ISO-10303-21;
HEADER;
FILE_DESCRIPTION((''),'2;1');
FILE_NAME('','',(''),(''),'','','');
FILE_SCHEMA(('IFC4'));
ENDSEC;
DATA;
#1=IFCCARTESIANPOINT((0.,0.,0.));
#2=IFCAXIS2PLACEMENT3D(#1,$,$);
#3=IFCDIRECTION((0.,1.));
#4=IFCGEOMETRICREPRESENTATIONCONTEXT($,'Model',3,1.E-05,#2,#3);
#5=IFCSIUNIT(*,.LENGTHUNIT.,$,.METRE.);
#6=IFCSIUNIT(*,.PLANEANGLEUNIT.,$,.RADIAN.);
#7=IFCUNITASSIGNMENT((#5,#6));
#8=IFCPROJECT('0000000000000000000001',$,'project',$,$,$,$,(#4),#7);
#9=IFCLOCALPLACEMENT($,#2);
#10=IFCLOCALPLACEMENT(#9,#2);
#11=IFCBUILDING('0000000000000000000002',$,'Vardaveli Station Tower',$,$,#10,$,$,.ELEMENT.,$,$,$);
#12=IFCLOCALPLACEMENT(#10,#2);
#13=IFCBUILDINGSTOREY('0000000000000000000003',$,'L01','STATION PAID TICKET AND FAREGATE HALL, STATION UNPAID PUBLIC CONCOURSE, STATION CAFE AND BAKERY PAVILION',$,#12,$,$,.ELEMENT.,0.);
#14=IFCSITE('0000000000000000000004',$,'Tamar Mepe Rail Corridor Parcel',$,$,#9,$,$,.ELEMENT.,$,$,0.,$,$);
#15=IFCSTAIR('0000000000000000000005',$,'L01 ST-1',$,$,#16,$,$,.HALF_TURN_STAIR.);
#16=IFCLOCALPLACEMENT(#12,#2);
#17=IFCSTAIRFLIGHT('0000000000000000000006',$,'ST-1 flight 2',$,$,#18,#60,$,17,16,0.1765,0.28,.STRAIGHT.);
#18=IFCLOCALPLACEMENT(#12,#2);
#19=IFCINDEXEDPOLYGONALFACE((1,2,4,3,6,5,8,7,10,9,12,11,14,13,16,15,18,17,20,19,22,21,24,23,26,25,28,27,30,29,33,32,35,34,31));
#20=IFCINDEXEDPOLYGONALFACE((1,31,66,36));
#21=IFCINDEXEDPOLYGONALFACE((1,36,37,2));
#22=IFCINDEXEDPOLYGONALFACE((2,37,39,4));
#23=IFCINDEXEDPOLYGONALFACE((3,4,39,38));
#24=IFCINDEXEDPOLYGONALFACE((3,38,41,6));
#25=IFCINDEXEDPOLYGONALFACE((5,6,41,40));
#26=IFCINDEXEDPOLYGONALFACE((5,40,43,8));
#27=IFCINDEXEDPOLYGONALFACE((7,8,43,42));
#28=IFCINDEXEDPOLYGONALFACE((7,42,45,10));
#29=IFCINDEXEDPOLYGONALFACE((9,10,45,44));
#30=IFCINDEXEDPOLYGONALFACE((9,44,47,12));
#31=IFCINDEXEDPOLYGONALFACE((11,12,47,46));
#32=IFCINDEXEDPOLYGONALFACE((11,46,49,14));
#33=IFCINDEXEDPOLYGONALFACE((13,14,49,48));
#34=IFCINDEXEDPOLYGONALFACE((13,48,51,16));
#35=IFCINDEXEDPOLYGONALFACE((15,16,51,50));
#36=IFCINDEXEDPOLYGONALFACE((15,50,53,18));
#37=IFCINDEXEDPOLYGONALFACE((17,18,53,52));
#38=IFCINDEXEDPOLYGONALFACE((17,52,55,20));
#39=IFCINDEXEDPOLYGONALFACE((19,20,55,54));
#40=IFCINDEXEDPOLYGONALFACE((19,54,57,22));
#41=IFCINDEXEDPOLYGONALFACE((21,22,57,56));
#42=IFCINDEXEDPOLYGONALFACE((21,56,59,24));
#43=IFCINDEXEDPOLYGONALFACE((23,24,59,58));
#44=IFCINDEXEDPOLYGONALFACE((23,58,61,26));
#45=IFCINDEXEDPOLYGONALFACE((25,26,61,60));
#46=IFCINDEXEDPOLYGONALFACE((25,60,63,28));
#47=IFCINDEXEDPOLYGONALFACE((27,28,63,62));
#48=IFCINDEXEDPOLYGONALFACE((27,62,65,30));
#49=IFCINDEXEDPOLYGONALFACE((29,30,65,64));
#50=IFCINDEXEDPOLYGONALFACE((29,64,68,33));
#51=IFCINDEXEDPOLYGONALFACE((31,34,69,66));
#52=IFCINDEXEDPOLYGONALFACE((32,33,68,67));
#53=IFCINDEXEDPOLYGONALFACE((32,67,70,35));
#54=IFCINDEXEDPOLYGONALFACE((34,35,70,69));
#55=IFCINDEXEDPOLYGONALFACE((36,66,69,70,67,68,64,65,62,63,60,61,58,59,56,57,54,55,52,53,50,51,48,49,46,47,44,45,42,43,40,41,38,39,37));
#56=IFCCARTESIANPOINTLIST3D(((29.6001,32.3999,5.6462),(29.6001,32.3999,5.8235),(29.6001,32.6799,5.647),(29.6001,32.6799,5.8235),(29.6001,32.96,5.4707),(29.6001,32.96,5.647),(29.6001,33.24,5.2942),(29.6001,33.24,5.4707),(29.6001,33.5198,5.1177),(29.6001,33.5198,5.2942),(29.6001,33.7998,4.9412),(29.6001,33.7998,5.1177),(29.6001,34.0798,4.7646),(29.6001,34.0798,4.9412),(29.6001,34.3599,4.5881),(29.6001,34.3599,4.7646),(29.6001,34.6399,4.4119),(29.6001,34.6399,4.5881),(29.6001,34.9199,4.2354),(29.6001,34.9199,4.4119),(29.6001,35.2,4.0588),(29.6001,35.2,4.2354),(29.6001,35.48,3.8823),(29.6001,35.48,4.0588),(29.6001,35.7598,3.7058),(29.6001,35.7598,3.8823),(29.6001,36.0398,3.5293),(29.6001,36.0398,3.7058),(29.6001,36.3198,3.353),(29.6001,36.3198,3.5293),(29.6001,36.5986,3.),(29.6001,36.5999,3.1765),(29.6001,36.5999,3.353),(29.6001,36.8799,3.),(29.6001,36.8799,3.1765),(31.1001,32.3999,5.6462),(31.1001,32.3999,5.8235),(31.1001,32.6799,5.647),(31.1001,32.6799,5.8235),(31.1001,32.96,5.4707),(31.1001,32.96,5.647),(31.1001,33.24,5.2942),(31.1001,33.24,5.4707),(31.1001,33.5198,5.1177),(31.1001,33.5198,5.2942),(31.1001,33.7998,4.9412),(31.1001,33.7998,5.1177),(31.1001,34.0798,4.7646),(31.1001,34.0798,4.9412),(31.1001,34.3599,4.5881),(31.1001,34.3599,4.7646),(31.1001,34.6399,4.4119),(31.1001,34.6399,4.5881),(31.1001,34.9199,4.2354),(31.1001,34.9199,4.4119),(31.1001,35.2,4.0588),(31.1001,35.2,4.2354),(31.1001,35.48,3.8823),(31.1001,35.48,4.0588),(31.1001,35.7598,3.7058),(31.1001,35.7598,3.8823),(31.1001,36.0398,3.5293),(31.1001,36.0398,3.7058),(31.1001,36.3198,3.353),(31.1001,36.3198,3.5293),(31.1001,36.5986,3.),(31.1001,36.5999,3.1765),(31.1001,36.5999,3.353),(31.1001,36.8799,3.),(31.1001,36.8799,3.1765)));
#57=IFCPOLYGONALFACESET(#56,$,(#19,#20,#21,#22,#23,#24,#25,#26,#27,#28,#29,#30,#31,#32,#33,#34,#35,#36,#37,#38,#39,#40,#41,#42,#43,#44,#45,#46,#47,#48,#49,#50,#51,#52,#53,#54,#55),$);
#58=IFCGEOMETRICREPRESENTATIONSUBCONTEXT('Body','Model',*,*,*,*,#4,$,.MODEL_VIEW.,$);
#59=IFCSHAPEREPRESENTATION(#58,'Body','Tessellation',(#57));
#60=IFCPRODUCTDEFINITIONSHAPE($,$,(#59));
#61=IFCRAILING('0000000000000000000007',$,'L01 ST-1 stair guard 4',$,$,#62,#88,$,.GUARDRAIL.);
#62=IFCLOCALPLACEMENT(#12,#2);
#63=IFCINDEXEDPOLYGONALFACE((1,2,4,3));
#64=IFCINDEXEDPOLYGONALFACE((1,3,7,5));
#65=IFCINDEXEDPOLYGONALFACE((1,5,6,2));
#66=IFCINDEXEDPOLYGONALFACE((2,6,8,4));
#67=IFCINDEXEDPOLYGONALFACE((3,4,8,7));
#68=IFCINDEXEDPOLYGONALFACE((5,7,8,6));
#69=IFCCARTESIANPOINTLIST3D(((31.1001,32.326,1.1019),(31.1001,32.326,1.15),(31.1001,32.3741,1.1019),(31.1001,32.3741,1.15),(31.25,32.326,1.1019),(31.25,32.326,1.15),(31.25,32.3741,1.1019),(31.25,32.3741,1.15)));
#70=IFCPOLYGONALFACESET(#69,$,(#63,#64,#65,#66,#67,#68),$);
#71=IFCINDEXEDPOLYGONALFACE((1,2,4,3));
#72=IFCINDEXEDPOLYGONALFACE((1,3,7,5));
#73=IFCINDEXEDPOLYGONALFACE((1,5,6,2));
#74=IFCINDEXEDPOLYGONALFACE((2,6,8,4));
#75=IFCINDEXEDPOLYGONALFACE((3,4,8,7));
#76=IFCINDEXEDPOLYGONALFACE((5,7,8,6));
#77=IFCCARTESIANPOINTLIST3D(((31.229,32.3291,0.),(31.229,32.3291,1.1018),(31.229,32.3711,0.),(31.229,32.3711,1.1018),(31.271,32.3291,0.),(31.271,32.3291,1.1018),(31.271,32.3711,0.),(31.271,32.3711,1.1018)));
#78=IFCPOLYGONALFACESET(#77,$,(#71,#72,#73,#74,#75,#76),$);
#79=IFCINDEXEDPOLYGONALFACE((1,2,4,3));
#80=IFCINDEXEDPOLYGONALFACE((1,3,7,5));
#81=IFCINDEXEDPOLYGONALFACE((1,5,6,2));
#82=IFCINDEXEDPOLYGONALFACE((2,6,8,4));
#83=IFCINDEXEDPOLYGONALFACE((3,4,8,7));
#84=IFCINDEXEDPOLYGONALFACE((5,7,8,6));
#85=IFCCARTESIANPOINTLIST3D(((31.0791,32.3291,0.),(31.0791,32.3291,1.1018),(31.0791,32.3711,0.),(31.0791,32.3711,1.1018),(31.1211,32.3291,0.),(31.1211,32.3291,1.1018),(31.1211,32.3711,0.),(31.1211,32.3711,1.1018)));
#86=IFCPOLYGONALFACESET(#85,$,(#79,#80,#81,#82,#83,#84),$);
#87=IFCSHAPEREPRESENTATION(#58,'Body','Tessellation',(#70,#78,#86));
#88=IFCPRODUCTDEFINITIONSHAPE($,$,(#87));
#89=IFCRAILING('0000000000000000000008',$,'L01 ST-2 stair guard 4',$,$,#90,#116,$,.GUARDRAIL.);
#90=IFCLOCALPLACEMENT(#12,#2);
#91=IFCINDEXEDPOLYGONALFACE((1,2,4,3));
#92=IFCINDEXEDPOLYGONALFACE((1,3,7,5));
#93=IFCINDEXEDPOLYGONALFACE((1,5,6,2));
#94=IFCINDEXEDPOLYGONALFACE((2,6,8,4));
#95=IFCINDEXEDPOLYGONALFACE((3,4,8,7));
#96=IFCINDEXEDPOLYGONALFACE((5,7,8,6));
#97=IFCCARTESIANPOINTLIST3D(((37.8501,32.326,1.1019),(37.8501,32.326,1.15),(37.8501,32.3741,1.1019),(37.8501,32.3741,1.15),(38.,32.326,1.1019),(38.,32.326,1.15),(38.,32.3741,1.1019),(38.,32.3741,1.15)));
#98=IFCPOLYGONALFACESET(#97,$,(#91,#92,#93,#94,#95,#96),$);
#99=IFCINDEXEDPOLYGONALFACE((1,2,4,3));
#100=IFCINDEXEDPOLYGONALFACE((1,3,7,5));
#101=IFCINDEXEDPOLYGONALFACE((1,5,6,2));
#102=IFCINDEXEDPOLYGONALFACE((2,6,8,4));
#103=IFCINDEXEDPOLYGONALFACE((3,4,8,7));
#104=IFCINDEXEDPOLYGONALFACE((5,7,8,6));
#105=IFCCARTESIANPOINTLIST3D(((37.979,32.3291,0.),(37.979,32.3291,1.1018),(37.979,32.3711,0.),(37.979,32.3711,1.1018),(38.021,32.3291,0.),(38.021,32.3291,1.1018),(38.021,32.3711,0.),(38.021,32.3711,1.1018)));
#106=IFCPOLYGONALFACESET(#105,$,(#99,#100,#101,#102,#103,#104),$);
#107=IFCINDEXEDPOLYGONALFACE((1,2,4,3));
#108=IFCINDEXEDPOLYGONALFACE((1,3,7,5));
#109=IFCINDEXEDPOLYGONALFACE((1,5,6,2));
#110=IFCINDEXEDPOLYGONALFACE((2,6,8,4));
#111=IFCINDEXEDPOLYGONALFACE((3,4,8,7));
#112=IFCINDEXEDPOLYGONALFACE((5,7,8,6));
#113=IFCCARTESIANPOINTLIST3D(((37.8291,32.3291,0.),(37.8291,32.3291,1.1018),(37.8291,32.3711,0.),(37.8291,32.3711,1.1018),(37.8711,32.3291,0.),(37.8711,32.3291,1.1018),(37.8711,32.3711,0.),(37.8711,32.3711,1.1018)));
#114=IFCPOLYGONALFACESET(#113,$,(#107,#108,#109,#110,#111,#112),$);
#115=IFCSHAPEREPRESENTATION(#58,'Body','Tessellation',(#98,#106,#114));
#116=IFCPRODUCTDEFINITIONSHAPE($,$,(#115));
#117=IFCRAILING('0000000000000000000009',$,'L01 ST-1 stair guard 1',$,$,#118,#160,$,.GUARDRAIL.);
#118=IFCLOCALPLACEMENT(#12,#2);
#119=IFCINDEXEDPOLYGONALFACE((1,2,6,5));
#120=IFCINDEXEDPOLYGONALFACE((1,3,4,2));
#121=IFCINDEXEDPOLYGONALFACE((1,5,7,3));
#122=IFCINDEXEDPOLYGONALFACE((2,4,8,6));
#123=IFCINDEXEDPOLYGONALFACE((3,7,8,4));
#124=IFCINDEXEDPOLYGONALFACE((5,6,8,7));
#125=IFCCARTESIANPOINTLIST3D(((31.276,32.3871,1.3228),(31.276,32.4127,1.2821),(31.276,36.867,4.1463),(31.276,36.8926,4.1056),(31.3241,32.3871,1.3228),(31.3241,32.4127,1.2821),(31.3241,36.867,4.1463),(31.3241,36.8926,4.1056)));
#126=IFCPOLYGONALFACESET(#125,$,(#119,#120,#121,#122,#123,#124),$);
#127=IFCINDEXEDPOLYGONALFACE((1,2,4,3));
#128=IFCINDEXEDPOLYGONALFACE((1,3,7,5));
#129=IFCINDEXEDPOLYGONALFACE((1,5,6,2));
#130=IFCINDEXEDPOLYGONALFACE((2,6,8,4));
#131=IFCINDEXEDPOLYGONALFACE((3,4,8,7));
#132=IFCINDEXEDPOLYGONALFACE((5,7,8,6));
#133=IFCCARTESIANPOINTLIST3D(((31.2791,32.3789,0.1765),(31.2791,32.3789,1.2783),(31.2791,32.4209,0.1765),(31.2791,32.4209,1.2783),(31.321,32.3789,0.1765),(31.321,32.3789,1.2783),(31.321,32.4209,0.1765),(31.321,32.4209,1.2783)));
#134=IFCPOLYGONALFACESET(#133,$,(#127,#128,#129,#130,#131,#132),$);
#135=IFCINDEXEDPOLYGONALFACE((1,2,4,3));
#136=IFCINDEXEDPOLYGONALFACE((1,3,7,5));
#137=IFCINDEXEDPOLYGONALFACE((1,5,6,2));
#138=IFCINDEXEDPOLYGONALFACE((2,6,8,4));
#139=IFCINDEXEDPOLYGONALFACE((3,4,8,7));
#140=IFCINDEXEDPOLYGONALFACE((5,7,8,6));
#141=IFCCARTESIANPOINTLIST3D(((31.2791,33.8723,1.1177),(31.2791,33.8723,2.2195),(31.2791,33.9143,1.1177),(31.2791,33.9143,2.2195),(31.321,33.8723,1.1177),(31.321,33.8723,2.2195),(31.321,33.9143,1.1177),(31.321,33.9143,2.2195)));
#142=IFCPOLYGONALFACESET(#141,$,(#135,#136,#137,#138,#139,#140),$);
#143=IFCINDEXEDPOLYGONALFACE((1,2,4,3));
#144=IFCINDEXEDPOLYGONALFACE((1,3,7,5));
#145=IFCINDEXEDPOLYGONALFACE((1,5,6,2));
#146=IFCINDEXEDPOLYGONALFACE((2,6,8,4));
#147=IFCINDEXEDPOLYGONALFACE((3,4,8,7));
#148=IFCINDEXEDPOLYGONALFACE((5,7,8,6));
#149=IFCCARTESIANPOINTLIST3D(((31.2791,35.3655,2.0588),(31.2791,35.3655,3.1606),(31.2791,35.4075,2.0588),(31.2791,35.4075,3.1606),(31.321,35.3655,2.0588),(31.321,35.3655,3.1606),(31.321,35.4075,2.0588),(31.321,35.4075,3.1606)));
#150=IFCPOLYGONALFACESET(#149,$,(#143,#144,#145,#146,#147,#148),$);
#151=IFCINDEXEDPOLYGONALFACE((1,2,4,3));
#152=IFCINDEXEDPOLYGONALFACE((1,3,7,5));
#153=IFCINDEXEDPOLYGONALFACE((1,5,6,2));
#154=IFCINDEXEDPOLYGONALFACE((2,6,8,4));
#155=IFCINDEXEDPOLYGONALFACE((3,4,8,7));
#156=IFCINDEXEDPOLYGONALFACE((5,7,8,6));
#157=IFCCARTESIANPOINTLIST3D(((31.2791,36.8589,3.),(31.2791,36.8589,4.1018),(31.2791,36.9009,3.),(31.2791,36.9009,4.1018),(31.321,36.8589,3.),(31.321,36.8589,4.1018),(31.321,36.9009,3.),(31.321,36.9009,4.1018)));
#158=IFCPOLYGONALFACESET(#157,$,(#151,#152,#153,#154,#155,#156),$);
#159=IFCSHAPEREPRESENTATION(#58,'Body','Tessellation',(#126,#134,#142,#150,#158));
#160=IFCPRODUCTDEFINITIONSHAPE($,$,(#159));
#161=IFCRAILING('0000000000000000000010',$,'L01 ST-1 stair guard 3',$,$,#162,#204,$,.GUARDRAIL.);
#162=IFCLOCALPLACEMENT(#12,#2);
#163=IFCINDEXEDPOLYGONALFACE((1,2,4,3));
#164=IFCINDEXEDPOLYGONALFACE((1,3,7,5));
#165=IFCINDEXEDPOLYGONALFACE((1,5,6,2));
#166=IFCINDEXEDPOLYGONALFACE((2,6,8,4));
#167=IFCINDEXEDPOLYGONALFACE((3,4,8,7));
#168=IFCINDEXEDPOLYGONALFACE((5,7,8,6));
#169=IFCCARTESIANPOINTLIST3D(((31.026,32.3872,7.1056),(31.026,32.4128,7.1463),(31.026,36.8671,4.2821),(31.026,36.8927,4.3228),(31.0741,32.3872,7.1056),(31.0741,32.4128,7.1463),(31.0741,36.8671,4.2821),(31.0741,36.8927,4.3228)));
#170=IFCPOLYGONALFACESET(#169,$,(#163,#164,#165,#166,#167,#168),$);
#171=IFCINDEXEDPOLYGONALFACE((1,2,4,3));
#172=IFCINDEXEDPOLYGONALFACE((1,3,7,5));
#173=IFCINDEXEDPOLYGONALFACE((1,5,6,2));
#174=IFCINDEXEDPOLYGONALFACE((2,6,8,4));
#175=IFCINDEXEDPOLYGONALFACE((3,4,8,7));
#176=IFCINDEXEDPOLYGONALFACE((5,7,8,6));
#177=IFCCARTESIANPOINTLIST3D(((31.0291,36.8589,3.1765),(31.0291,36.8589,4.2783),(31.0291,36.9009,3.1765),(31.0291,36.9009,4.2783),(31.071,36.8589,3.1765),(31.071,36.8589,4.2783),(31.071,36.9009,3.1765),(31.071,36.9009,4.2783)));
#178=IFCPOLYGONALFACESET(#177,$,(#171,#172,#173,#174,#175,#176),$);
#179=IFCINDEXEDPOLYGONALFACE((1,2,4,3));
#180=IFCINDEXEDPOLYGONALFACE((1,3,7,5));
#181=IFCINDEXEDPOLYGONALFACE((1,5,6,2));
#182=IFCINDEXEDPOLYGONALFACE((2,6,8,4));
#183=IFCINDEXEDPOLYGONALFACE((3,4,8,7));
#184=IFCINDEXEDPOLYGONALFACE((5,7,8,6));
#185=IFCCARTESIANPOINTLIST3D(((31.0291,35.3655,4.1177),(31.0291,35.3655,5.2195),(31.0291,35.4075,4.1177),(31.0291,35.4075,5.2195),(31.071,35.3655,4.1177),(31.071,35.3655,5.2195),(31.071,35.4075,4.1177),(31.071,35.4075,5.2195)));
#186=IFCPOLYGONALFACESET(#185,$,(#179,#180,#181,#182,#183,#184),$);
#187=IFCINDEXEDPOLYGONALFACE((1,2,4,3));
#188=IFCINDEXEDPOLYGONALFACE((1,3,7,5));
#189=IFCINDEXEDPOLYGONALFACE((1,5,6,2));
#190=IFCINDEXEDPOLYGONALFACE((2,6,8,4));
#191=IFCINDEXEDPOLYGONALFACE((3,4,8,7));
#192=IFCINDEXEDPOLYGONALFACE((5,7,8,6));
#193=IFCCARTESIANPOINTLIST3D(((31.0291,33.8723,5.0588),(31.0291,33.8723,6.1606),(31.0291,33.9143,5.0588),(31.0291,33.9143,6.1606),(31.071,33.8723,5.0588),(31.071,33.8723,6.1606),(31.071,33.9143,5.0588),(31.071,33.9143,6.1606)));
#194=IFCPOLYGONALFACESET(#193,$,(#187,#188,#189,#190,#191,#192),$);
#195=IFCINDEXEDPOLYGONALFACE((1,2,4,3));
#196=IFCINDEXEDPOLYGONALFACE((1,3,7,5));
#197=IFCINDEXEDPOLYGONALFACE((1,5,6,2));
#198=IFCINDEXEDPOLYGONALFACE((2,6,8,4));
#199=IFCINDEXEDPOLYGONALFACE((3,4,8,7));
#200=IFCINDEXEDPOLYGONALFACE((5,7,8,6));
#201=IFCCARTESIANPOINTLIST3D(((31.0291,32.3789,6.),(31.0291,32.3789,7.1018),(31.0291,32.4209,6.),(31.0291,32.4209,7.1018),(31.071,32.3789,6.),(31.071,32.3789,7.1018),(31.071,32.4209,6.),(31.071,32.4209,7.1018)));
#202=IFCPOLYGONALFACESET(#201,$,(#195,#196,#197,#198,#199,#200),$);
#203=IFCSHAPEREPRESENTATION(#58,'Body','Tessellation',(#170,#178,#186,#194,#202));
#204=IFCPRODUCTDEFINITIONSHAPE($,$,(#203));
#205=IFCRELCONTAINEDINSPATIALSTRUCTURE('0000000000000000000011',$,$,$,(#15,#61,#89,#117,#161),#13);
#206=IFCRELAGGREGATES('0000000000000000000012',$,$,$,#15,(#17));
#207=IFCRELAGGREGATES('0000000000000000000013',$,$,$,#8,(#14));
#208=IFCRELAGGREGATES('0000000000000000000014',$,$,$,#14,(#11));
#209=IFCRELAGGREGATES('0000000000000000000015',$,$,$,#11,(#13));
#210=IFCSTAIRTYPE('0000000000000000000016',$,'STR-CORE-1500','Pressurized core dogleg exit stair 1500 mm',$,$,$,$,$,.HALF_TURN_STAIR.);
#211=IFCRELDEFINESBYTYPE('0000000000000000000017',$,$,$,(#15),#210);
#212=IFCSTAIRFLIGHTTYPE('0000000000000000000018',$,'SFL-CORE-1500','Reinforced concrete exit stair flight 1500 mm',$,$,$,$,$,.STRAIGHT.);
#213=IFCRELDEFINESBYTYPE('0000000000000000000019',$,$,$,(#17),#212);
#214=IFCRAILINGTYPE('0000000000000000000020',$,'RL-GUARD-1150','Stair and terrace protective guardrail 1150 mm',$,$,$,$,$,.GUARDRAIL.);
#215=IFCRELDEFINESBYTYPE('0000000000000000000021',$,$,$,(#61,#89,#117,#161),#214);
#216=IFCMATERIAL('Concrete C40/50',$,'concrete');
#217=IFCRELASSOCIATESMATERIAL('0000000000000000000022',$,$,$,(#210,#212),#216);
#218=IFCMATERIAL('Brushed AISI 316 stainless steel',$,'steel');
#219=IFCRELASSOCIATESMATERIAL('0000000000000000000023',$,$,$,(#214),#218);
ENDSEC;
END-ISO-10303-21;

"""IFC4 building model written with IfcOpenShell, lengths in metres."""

from ifc_helpers import new_model, si_unit, direction, frame, origin, origin_2d, place, context, subcontext, project, spatial, polyline, rectangle, outline, extrude, source, transform, mapped, material, type_object, element, aggregate, save


model = new_model("IFC4")

# Units and contexts
model_context = context("Model", 3, precision=1e-05, world=origin(), true_north=direction((0.0, 1.0)))
body_context = subcontext(model_context, "Body", "Model", "MODEL_VIEW")
ifc_project = project(units=[si_unit("LENGTHUNIT", "METRE"), si_unit("PLANEANGLEUNIT", "RADIAN")], contexts=[model_context])

# Site, building, storey
site_placement = place(None, origin())
site = spatial("IfcSite", under=ifc_project, at=site_placement, Name="Tamar Mepe Rail Corridor Parcel", CompositionType="ELEMENT", RefElevation=0.0)
building_placement = place(site_placement, origin())
building = spatial("IfcBuilding", under=site, at=building_placement, Name="Vardaveli Station Tower", CompositionType="ELEMENT")
storey_placement = place(building_placement, origin())
storey = spatial("IfcBuildingStorey", under=building, at=storey_placement, Name="L01", Description="STATION PAID TICKET AND FAREGATE HALL, STATION UNPAID PUBLIC CONCOURSE, STATION CAFE AND BAKERY PAVILION", CompositionType="ELEMENT", Elevation=0.0)

# Shared definitions
ifc_material_1 = material(Name="Concrete C40/50", Category="concrete")

# Stair, stair flight
stair_type = type_object("IfcStairType", Name="STR-CORE-1500", Description="Pressurized core dogleg exit stair 1500 mm", PredefinedType="HALF_TURN_STAIR", material=ifc_material_1)
stair_placement = place(storey_placement, origin())
stair = element("IfcStair", 1, at=stair_placement, inside=storey, type_object=stair_type, Name="L01 ST-1", PredefinedType="HALF_TURN_STAIR")
stair_flight_type = type_object("IfcStairFlightType", Name="SFL-CORE-1500", Description="Reinforced concrete exit stair flight 1500 mm", PredefinedType="STRAIGHT", material=ifc_material_1)
shared_shape_1 = source(origin(), body_context, "Body", "SweptSolid", [
    extrude(outline(polyline([(0.0, 0.0), (0.0, 0.1765), (0.28, 0.1765), (0.28, 0.353), (0.5601, 0.353), (0.5601, 0.5293), (0.8401, 0.5293), (0.8401, 0.7058), (1.1201, 0.7058), (1.1201, 0.8823), (1.3999, 0.8823), (1.3999, 1.0588), (1.6799, 1.0588), (1.6799, 1.2354), (1.96, 1.2354), (1.96, 1.4119), (2.24, 1.4119), (2.24, 1.5881), (2.52, 1.5881), (2.52, 1.7646), (2.8, 1.7646), (2.8, 1.9412), (3.0801, 1.9412), (3.0801, 2.1177), (3.3601, 2.1177), (3.3601, 2.2942), (3.6399, 2.2942), (3.6399, 2.4707), (3.9199, 2.4707), (3.9199, 2.647), (4.2, 2.647), (4.2, 2.8235), (4.48, 2.8235), (4.48, 3.0), (4.48, 2.6462), (0.2812, 0.0), (0.0, 0.0)])), frame((0.0, 0.75, 0.0), z_axis=(0.0, -1.0, 0.0), x_axis=(1.0, 0.0, 0.0)), (0.0, 0.0, 1.0), 1.5),
])
stair_flight_1_placement = place(storey_placement, frame((30.3501, 36.8799, 3.0), z_axis=(0.0, 0.0, 1.0), x_axis=(0.0, -1.0, 0.0)))
stair_flight_1 = element("IfcStairFlight", 2, at=stair_flight_1_placement, type_object=stair_flight_type, Name="ST-1 flight 2", NumberOfRisers=17, NumberOfTreads=16, PredefinedType="STRAIGHT", RiserHeight=0.1765, TreadLength=0.28, context=body_context, shape_type="MappedRepresentation", body=[
    mapped(shared_shape_1, transform((0.0, 0.0, 0.0), scale=1.0)),
])
aggregate(stair, [stair_flight_1])

# Railings
ifc_material_2 = material(Name="Brushed AISI 316 stainless steel", Category="steel")
railing_type_1 = type_object("IfcRailingType", Name="RL-GUARD-1150", Description="Stair and terrace protective guardrail 1150 mm", PredefinedType="GUARDRAIL", material=ifc_material_2)
shared_shape_2 = source(origin(), body_context, "Body", "SweptSolid", [
    extrude(rectangle(XDim=0.0481, YDim=0.0481, at=origin_2d()), frame((0.0, 0.0, 1.126), z_axis=(-1.0, 0.0, 0.0), x_axis=(0.0, -1.0, 0.0)), (0.0, 0.0, 1.0), 0.1499),
    extrude(rectangle(XDim=0.042, YDim=0.042, at=origin_2d()), origin(), (0.0, 0.0, 1.0), 1.1018),
    extrude(rectangle(XDim=0.042, YDim=0.042, at=origin_2d()), frame((-0.1499, 0.0, 0.0)), (0.0, 0.0, 1.0), 1.1018),
])
for number, where, name in (
    (3, (31.25, 32.3501, 0.0), "L01 ST-1 stair guard 4"),
    (4, (38.0, 32.3501, 0.0), "L01 ST-2 stair guard 4"),
):
    element("IfcRailing", number, at=place(storey_placement, frame(where)), inside=storey, type_object=railing_type_1, Name=name, PredefinedType="GUARDRAIL", context=body_context, shape_type="MappedRepresentation", body=[
        mapped(shared_shape_2, transform((0.0, 0.0, 0.0), scale=1.0)),
    ])
shared_shape_3 = source(origin(), body_context, "Body", "SweptSolid", [
    extrude(rectangle(XDim=0.0481, YDim=0.0481, at=origin_2d()), frame((0.0, 0.0, 1.126), z_axis=(0.0, 0.845998, 0.533186), x_axis=(-1.0, 0.0, 0.0)), (0.0, 0.0, 1.0), 5.2954),
    extrude(rectangle(XDim=0.042, YDim=0.042, at=origin_2d()), origin(), (0.0, 0.0, 1.0), 1.1018),
    extrude(rectangle(XDim=0.042, YDim=0.042, at=origin_2d()), frame((0.0, 1.4934, 0.9412)), (0.0, 0.0, 1.0), 1.1018),
    extrude(rectangle(XDim=0.042, YDim=0.042, at=origin_2d()), frame((0.0, 2.9866, 1.8823)), (0.0, 0.0, 1.0), 1.1018),
    extrude(rectangle(XDim=0.042, YDim=0.042, at=origin_2d()), frame((0.0, 4.48, 2.8235)), (0.0, 0.0, 1.0), 1.1018),
])
railing_1_placement = place(storey_placement, frame((31.3, 32.3999, 0.1765)))
element("IfcRailing", 5, at=railing_1_placement, inside=storey, type_object=railing_type_1, Name="L01 ST-1 stair guard 1", PredefinedType="GUARDRAIL", context=body_context, shape_type="MappedRepresentation", body=[
    mapped(shared_shape_3, transform((0.0, 0.0, 0.0), scale=1.0)),
])
shared_shape_4 = source(origin(), body_context, "Body", "SweptSolid", [
    extrude(rectangle(XDim=0.0481, YDim=0.0481, at=origin_2d()), frame((0.0, 0.0, 1.126), z_axis=(0.0, -0.845998, 0.533186), x_axis=(1.0, 0.0, 0.0)), (0.0, 0.0, 1.0), 5.2954),
    extrude(rectangle(XDim=0.042, YDim=0.042, at=origin_2d()), origin(), (0.0, 0.0, 1.0), 1.1018),
    extrude(rectangle(XDim=0.042, YDim=0.042, at=origin_2d()), frame((0.0, -1.4934, 0.9412)), (0.0, 0.0, 1.0), 1.1018),
    extrude(rectangle(XDim=0.042, YDim=0.042, at=origin_2d()), frame((0.0, -2.9866, 1.8823)), (0.0, 0.0, 1.0), 1.1018),
    extrude(rectangle(XDim=0.042, YDim=0.042, at=origin_2d()), frame((0.0, -4.48, 2.8235)), (0.0, 0.0, 1.0), 1.1018),
])
railing_2_placement = place(storey_placement, frame((31.05, 36.8799, 3.1765)))
element("IfcRailing", 6, at=railing_2_placement, inside=storey, type_object=railing_type_1, Name="L01 ST-1 stair guard 3", PredefinedType="GUARDRAIL", context=body_context, shape_type="MappedRepresentation", body=[
    mapped(shared_shape_4, transform((0.0, 0.0, 0.0), scale=1.0)),
])

save(model, "model.ifc")
